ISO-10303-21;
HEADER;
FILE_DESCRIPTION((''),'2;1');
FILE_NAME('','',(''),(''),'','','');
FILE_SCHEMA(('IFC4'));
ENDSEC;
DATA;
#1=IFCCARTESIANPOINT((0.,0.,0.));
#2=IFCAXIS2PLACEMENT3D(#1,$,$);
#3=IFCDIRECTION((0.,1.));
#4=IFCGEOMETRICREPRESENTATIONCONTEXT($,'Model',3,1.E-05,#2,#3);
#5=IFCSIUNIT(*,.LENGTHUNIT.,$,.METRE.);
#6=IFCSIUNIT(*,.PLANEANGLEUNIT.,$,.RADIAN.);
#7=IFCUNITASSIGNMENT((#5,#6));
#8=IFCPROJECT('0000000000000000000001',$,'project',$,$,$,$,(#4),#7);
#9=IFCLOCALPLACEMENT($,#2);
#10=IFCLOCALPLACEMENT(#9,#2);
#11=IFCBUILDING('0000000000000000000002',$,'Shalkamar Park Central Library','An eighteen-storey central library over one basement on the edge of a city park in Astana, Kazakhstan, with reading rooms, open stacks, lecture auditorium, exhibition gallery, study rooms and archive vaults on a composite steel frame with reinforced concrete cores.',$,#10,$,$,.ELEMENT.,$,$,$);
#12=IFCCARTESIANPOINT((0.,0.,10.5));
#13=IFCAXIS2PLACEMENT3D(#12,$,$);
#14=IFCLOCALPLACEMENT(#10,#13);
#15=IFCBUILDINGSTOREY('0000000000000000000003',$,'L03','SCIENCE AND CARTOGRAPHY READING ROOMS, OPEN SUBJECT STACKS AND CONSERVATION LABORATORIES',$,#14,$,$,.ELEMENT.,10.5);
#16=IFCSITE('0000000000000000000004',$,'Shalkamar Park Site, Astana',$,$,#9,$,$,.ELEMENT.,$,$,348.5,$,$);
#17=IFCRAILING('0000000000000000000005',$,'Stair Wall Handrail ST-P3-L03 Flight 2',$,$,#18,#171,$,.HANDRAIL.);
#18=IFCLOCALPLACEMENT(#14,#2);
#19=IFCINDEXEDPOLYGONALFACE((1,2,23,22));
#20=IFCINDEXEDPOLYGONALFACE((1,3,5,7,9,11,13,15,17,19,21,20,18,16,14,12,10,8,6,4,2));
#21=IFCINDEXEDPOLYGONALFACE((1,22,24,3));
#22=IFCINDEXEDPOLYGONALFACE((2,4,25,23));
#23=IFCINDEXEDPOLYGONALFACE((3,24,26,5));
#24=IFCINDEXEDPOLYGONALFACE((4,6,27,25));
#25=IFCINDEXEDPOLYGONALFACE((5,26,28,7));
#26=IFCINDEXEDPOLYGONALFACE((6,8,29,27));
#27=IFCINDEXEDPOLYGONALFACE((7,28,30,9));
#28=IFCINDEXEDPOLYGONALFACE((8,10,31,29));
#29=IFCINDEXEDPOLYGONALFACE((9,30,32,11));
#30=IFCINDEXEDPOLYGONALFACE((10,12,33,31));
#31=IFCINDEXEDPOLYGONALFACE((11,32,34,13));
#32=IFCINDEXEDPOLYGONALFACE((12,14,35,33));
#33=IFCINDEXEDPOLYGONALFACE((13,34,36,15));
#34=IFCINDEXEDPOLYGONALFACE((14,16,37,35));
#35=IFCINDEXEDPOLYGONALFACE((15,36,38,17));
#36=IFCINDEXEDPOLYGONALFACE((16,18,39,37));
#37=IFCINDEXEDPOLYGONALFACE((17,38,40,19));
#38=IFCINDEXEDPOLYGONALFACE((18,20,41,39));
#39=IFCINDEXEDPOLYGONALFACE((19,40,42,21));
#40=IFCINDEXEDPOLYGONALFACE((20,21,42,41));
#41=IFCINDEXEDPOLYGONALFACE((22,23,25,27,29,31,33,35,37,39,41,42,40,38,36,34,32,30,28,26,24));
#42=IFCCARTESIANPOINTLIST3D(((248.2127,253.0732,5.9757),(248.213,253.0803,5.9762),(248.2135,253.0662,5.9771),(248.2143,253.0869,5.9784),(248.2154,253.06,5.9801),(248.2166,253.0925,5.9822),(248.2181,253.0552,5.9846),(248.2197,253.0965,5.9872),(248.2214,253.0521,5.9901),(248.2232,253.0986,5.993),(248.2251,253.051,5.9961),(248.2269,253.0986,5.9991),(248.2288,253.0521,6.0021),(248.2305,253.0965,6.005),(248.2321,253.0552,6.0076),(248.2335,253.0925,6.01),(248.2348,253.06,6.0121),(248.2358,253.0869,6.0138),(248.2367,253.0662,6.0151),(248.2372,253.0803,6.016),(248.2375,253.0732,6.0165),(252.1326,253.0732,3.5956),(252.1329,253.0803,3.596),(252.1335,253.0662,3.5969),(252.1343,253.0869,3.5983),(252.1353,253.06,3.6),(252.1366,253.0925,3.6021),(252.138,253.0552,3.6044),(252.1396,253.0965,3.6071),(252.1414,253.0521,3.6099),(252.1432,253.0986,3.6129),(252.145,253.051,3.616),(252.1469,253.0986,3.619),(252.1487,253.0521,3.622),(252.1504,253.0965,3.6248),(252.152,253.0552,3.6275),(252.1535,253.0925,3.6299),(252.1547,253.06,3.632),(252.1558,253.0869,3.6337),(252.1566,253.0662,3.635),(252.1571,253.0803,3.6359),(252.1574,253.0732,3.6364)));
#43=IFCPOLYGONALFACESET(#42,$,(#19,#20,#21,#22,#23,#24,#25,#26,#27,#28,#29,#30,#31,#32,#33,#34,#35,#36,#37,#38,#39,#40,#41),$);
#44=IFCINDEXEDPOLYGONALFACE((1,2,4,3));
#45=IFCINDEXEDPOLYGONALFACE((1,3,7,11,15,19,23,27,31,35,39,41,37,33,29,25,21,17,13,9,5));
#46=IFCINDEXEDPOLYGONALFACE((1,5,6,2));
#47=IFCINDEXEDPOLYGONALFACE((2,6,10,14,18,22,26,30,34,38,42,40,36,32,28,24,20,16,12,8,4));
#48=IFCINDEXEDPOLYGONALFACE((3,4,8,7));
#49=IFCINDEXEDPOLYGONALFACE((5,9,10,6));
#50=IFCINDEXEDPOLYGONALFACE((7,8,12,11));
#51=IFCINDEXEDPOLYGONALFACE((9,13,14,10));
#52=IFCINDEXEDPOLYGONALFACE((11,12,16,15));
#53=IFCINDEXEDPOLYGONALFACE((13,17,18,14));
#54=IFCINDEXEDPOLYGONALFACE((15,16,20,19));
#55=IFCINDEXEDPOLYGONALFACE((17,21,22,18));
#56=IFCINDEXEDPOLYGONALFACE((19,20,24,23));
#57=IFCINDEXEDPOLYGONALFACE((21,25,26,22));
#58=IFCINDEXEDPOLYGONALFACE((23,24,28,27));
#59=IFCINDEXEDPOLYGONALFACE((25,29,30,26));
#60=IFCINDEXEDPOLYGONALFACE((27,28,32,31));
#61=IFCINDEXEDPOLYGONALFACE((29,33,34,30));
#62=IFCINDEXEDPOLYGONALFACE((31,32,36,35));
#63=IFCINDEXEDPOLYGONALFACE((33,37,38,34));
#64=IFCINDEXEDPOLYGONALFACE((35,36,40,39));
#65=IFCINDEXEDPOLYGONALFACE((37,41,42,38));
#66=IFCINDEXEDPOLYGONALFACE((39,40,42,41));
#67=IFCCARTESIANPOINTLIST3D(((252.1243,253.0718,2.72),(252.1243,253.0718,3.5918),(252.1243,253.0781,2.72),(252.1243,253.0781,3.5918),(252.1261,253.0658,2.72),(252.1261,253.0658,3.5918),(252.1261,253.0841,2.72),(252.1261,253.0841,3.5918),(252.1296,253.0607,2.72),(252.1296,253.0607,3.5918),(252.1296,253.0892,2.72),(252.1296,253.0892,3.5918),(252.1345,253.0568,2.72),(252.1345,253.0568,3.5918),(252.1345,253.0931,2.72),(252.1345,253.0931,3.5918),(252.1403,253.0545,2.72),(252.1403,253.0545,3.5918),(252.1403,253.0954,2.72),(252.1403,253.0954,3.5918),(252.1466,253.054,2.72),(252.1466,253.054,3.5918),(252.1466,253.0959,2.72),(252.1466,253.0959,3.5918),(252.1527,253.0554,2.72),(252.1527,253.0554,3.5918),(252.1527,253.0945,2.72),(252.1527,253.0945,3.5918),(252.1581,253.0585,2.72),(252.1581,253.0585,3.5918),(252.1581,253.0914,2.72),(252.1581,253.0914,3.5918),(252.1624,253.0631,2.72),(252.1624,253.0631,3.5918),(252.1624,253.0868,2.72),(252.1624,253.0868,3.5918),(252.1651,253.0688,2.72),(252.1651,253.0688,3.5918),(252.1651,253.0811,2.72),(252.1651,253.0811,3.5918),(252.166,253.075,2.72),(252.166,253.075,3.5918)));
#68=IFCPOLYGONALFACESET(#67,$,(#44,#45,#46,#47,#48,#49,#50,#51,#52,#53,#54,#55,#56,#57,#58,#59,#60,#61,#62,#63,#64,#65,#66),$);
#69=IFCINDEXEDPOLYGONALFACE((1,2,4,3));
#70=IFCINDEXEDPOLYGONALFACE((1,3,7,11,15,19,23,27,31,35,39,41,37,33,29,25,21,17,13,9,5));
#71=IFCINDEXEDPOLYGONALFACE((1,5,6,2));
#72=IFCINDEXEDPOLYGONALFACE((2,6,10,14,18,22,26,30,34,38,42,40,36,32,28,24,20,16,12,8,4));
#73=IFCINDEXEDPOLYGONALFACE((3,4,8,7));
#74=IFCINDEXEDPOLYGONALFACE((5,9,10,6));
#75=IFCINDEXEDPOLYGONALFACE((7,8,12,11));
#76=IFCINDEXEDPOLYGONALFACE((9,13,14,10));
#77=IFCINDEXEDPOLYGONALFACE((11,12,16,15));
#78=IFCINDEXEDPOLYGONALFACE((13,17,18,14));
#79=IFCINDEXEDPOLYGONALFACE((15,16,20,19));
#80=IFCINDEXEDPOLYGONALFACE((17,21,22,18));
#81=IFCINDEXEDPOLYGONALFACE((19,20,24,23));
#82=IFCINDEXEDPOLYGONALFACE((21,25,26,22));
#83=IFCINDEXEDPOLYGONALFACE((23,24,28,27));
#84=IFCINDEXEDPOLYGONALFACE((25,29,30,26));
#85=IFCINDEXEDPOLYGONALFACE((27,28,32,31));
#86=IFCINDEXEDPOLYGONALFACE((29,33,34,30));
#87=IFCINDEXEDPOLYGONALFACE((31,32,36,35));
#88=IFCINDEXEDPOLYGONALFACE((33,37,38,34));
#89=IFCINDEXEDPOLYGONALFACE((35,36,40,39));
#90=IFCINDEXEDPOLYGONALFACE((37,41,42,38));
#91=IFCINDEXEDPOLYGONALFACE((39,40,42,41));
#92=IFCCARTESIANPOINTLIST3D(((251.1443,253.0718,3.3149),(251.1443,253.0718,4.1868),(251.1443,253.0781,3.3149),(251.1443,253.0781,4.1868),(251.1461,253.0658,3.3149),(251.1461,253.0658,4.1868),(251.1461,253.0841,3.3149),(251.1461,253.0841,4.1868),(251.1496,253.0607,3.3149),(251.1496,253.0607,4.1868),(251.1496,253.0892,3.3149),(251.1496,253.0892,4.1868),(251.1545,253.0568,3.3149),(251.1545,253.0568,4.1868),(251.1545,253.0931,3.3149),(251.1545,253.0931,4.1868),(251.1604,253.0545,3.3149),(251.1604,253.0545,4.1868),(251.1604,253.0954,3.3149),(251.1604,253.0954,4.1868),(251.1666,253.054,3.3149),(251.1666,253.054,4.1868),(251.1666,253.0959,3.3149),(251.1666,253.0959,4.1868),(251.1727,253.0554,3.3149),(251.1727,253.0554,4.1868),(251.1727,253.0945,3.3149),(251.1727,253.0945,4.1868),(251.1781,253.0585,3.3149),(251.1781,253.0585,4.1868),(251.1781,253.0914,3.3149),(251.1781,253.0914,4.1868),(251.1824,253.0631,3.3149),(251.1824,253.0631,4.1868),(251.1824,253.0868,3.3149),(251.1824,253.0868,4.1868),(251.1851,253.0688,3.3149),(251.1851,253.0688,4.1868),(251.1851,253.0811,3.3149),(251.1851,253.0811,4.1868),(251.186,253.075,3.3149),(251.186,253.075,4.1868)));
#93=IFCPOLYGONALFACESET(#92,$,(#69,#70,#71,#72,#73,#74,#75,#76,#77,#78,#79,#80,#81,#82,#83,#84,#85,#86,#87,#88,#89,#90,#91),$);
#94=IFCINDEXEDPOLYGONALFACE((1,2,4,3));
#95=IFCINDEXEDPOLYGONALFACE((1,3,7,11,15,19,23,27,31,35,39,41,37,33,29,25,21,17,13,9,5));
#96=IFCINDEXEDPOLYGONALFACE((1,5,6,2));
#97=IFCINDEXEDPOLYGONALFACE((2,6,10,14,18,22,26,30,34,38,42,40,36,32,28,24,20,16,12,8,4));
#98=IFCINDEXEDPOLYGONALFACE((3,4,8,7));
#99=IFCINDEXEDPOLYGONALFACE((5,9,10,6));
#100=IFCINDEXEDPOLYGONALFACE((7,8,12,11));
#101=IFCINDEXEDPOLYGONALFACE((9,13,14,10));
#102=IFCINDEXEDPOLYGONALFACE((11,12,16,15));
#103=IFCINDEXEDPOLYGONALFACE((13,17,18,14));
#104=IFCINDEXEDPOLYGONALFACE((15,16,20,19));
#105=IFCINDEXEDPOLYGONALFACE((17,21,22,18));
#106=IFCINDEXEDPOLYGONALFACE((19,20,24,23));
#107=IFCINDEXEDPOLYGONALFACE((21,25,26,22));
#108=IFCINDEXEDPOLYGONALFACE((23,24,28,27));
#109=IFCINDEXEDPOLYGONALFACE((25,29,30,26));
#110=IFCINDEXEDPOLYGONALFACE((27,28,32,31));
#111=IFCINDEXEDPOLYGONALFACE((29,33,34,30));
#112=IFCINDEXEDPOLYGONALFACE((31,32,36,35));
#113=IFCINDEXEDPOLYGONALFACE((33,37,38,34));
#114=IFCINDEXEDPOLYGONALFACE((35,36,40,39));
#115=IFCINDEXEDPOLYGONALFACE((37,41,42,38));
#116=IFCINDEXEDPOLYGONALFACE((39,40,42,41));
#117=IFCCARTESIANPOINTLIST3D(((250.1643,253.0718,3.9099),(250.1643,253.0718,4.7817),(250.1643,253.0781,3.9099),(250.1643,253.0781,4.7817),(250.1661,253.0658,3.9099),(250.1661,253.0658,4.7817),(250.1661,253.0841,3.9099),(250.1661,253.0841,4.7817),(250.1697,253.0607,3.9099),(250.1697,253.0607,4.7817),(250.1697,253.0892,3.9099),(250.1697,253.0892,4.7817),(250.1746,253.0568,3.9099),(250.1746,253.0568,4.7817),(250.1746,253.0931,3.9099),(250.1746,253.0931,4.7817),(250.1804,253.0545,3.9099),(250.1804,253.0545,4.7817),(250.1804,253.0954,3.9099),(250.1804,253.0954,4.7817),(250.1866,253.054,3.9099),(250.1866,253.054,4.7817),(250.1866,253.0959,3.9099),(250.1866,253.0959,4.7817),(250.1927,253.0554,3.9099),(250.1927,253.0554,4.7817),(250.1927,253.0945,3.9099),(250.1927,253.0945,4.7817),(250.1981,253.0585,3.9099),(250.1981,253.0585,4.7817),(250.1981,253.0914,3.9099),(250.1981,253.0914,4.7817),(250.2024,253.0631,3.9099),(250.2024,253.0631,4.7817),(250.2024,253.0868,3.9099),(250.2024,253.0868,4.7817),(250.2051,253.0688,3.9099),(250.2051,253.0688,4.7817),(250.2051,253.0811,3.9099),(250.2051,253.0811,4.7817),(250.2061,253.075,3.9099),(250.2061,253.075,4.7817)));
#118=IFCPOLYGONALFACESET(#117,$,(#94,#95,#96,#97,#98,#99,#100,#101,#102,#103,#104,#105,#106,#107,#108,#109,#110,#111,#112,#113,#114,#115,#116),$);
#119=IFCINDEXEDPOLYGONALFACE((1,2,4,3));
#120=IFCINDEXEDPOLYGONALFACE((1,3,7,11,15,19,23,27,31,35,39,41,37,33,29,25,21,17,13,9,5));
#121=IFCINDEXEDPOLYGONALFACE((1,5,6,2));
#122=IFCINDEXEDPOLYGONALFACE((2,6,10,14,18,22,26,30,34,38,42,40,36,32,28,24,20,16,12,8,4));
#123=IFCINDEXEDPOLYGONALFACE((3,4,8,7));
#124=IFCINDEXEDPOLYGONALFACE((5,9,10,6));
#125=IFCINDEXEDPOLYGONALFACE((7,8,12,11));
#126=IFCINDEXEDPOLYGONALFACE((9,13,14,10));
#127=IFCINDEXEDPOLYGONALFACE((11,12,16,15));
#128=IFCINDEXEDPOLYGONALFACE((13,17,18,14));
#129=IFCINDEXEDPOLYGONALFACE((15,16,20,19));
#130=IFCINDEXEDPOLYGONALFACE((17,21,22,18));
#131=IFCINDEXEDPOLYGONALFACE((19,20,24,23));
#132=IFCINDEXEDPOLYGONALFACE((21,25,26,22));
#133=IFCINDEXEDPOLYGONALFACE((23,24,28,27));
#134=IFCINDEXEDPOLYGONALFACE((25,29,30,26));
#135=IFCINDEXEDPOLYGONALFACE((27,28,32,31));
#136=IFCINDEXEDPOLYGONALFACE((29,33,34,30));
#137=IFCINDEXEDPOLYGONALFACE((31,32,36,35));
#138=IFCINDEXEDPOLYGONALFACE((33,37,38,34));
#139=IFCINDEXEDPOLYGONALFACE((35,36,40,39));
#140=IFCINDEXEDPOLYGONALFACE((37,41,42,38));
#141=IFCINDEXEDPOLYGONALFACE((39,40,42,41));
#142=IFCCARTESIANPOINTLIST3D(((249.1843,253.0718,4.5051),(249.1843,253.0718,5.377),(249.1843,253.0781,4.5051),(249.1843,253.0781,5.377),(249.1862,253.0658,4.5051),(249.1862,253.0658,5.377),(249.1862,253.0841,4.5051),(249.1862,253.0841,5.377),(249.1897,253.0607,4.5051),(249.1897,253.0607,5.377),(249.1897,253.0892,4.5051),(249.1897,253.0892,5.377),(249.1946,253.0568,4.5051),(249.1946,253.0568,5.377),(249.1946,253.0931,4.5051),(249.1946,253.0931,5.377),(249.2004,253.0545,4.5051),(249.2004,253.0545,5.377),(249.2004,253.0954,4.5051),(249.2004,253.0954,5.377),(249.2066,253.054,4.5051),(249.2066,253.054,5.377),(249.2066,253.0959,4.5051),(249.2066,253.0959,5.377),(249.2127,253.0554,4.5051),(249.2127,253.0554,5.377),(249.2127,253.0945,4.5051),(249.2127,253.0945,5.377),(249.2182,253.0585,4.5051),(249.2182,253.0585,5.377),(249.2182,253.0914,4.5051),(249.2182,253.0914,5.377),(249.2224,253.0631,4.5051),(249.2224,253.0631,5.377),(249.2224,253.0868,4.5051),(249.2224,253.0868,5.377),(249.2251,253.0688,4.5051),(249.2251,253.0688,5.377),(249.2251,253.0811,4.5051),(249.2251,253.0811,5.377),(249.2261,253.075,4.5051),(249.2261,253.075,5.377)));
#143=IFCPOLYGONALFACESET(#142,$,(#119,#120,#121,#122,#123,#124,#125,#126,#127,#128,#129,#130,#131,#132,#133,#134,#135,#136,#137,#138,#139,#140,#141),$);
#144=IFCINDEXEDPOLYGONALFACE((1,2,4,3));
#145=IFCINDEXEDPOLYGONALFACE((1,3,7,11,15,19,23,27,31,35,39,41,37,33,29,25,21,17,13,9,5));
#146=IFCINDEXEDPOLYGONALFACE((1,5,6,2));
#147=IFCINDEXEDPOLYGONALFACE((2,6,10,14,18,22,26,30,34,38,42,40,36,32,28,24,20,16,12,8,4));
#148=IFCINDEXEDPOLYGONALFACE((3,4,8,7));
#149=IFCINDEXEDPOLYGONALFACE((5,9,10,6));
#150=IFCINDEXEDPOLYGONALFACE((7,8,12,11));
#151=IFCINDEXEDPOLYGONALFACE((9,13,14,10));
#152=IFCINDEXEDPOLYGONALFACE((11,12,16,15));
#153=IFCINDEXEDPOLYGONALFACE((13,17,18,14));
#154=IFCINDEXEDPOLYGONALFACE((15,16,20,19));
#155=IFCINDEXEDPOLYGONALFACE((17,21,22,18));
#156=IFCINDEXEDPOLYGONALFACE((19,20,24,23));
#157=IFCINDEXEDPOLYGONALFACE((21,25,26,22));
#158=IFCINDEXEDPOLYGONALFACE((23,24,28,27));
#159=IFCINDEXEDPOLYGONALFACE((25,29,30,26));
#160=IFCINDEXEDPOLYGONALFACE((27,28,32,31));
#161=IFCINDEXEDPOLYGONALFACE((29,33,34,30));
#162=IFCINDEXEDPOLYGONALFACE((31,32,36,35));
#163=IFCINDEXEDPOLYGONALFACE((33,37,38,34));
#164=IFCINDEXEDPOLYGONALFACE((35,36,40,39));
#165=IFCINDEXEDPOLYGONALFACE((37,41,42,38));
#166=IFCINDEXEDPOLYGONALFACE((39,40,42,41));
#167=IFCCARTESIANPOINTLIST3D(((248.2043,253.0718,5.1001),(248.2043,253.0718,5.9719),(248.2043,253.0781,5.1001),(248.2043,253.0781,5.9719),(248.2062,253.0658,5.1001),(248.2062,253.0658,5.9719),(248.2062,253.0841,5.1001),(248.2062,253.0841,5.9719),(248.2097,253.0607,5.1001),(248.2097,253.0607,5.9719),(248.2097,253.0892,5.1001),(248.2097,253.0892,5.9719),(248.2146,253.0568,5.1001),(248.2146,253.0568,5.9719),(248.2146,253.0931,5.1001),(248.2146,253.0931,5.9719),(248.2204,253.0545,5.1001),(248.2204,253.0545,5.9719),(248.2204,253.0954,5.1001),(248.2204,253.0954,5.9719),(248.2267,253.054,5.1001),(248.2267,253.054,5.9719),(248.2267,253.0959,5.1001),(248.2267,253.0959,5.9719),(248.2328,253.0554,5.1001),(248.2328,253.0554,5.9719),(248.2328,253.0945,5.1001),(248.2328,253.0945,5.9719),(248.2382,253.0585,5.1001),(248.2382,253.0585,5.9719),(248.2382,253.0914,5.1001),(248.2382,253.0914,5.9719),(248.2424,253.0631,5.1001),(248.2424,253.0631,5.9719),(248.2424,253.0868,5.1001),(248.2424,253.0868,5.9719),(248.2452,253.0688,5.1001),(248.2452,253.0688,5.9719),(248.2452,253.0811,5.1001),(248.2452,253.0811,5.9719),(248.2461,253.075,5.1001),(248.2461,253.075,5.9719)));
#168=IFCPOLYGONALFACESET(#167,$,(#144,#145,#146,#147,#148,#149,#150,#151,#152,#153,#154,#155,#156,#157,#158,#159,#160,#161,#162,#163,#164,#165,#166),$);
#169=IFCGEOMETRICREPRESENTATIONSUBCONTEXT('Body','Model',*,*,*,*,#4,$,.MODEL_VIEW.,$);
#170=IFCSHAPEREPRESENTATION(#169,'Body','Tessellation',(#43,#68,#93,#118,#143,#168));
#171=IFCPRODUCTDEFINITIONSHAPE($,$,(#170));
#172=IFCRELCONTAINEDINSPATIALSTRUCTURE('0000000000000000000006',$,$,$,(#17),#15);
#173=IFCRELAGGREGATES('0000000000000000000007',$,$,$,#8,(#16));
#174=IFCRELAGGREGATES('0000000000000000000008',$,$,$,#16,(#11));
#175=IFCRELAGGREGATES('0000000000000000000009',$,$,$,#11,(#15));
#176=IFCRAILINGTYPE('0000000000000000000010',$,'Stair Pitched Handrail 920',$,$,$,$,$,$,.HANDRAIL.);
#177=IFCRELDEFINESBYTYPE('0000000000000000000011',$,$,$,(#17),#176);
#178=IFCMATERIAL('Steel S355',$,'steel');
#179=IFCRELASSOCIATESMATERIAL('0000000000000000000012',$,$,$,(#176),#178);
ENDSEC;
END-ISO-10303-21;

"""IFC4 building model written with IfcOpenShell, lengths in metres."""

from ifc_helpers import new_model, si_unit, direction, frame, origin, origin_2d, place, context, subcontext, project, spatial, circle, extrude, material, type_object, element, save


model = new_model("IFC4")

# Units and contexts
model_context = context("Model", 3, precision=1e-05, world=origin(), true_north=direction((0.0, 1.0)))
body_context = subcontext(model_context, "Body", "Model", "MODEL_VIEW")
ifc_project = project(units=[si_unit("LENGTHUNIT", "METRE"), si_unit("PLANEANGLEUNIT", "RADIAN")], contexts=[model_context])

# Site, building, storey
site_placement = place(None, origin())
site = spatial("IfcSite", under=ifc_project, at=site_placement, Name="Shalkamar Park Site, Astana", CompositionType="ELEMENT", RefElevation=348.5)
building_placement = place(site_placement, origin())
building = spatial("IfcBuilding", under=site, at=building_placement, Name="Shalkamar Park Central Library", Description="An eighteen-storey central library over one basement on the edge of a city park in Astana, Kazakhstan, with reading rooms, open stacks, lecture auditorium, exhibition gallery, study rooms and archive vaults on a composite steel frame with reinforced concrete cores.", CompositionType="ELEMENT")
storey_placement = place(building_placement, frame((0.0, 0.0, 10.5)))
storey = spatial("IfcBuildingStorey", under=building, at=storey_placement, Name="L03", Description="SCIENCE AND CARTOGRAPHY READING ROOMS, OPEN SUBJECT STACKS AND CONSERVATION LABORATORIES", CompositionType="ELEMENT", Elevation=10.5)

# Shared definitions
ifc_material_1 = material(Name="Steel S355", Category="steel")

# Railing
railing_type_1 = type_object("IfcRailingType", Name="Stair Pitched Handrail 920", PredefinedType="HANDRAIL", material=ifc_material_1)
railing_1_placement = place(storey_placement, frame((252.145, 253.075, 2.72)))
element("IfcRailing", 1, at=railing_1_placement, inside=storey, type_object=railing_type_1, Name="Stair Wall Handrail ST-P3-L03 Flight 2", PredefinedType="HANDRAIL", context=body_context, shape_type="SweptSolid", body=[
    extrude(circle(Radius=0.0239, at=origin_2d()), frame((0.0, 0.0, 0.896), z_axis=(-0.854771, 0.0, 0.519006), x_axis=(0.0, -1.0, 0.0)), (0.0, 0.0, 1.0), 4.5859),
    extrude(circle(Radius=0.021, at=origin_2d()), origin(), (0.0, 0.0, 1.0), 0.8718),
    extrude(circle(Radius=0.021, at=origin_2d()), frame((-0.98, 0.0, 0.595)), (0.0, 0.0, 1.0), 0.8718),
    extrude(circle(Radius=0.021, at=origin_2d()), frame((-1.96, 0.0, 1.1899)), (0.0, 0.0, 1.0), 0.8718),
    extrude(circle(Radius=0.021, at=origin_2d()), frame((-2.9399, 0.0, 1.7852)), (0.0, 0.0, 1.0), 0.8718),
    extrude(circle(Radius=0.021, at=origin_2d()), frame((-3.9199, 0.0, 2.3801)), (0.0, 0.0, 1.0), 0.8718),
])

save(model, "model.ifc")
